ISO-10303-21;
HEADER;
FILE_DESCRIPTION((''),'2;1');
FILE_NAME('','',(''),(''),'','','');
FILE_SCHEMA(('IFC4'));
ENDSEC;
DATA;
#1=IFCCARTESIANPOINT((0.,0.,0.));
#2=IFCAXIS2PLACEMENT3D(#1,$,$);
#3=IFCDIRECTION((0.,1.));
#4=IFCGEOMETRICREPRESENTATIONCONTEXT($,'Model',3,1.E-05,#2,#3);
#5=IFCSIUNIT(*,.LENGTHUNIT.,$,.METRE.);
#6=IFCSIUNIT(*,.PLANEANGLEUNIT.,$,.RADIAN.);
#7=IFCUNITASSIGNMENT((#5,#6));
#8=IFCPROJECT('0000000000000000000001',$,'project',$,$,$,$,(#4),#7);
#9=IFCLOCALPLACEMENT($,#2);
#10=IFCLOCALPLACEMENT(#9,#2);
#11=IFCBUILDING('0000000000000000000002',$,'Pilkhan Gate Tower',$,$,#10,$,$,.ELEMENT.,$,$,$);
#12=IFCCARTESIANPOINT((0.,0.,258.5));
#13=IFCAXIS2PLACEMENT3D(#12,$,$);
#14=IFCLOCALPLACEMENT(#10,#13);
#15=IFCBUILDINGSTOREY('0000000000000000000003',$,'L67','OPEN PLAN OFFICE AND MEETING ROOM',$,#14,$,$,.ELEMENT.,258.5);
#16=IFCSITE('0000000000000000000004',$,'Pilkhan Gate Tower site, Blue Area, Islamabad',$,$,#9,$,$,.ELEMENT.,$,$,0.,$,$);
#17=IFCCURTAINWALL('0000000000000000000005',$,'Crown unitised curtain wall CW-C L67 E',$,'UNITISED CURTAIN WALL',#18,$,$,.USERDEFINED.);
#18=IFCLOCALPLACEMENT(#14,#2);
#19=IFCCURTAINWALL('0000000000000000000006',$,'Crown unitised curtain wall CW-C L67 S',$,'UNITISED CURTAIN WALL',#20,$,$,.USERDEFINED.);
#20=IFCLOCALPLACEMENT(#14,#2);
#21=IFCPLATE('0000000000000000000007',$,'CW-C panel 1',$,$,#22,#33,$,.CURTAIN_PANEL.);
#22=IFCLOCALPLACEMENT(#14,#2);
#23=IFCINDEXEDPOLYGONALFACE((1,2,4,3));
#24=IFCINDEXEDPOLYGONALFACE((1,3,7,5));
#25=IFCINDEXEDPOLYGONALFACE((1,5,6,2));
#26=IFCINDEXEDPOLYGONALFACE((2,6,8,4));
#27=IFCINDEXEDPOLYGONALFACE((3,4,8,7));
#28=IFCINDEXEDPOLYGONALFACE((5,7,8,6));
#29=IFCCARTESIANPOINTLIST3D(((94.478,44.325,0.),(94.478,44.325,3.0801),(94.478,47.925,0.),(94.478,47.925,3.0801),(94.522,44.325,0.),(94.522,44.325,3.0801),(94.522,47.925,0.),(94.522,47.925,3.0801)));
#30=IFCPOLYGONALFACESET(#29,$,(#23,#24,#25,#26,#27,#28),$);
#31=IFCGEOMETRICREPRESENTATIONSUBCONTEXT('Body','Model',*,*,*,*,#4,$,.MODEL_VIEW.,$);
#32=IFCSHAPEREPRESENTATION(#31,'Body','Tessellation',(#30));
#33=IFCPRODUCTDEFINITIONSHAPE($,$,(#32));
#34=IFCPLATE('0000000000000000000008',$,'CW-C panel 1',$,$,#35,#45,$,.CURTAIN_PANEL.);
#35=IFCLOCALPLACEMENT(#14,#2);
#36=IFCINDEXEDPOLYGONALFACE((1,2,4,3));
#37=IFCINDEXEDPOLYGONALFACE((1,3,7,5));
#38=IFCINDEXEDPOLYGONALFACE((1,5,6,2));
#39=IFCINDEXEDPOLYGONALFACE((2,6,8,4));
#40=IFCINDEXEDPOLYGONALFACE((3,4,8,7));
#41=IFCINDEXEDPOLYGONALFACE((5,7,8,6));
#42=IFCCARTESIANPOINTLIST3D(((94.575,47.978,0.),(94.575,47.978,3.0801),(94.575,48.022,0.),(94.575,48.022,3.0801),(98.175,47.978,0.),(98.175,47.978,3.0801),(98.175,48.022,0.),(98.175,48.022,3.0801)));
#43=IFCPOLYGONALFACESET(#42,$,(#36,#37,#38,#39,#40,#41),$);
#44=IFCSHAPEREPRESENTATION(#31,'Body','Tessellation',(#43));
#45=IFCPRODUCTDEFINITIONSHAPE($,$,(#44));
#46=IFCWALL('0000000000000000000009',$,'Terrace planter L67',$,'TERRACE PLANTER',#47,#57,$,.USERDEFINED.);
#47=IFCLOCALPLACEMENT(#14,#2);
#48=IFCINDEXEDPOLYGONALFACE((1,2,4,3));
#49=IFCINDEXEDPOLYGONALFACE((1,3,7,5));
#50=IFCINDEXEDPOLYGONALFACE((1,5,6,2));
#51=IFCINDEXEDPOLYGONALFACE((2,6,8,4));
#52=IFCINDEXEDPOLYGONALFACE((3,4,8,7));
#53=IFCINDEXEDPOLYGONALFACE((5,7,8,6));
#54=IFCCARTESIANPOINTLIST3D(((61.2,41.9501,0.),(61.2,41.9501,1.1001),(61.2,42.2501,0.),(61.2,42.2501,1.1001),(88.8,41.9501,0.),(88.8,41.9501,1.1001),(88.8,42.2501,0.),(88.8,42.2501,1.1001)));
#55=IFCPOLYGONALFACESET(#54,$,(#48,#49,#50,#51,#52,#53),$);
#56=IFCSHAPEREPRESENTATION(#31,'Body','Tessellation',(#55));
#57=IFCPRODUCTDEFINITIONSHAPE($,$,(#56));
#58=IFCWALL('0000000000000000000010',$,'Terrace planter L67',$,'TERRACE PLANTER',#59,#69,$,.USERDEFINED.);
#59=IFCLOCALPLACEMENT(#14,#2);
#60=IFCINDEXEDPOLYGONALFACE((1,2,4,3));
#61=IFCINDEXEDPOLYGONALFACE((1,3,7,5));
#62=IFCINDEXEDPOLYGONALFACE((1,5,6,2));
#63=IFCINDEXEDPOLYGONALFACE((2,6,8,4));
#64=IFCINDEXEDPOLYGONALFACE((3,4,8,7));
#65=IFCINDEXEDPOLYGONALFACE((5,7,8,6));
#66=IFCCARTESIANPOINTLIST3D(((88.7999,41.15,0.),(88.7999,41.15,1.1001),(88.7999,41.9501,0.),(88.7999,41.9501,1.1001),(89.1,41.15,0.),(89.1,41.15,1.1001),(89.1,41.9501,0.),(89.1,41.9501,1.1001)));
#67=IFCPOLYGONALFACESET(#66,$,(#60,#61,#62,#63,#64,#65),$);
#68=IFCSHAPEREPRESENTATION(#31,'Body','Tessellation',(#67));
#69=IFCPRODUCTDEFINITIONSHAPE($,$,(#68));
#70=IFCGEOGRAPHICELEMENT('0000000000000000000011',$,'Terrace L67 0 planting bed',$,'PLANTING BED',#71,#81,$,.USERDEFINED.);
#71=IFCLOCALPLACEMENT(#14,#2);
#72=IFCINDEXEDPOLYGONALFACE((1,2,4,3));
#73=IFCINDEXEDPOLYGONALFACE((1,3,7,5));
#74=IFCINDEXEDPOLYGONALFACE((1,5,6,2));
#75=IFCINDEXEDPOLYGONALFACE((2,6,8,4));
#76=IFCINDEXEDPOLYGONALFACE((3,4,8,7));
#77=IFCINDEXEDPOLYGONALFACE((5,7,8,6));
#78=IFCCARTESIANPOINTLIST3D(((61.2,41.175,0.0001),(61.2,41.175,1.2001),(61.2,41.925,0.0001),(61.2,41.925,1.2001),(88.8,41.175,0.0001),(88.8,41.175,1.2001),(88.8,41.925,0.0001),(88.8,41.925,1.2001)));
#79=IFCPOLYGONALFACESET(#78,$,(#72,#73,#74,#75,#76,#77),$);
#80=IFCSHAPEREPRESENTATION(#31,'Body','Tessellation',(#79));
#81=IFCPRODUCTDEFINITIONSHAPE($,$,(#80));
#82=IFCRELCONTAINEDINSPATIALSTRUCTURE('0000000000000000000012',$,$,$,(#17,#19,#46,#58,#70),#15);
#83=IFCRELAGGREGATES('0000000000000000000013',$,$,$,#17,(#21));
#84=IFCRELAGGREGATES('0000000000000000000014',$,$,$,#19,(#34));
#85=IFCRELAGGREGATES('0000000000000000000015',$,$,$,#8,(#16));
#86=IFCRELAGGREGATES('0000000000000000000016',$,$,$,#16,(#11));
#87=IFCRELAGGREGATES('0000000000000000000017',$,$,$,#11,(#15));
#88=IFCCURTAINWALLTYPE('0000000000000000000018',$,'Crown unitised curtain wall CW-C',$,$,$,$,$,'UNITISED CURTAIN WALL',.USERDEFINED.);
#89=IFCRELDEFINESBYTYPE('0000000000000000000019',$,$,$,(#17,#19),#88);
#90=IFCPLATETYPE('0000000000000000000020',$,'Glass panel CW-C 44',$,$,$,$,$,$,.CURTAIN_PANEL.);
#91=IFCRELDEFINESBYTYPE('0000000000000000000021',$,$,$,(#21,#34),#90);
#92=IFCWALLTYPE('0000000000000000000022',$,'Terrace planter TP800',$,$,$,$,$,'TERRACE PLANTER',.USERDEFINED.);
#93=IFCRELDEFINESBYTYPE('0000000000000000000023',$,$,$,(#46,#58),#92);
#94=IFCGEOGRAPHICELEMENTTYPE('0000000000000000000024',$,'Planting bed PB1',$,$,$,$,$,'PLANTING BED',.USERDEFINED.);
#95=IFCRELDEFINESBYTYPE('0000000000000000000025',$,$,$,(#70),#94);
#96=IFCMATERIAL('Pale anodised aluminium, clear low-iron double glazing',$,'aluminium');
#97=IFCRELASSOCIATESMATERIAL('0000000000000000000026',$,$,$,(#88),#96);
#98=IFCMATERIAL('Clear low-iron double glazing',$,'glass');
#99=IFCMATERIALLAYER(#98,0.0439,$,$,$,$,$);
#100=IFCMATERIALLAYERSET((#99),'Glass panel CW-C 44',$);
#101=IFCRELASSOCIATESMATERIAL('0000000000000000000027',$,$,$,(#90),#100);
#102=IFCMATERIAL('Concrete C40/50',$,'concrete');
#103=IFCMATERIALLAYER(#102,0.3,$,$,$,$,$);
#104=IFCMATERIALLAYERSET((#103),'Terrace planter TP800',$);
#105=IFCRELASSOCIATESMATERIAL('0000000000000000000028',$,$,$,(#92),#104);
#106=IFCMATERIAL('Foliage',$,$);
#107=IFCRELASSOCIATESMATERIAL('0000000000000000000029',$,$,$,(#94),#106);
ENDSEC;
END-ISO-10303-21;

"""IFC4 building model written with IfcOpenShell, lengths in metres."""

from ifc_helpers import new_model, si_unit, direction, frame, frame_2d, origin, origin_2d, place, context, subcontext, project, spatial, rectangle, extrude, material, layer, layer_set, material_profile, profile_set, type_object, element, aggregate, save


model = new_model("IFC4")

# Units and contexts
model_context = context("Model", 3, precision=1e-05, world=origin(), true_north=direction((0.0, 1.0)))
body_context = subcontext(model_context, "Body", "Model", "MODEL_VIEW")
ifc_project = project(units=[si_unit("LENGTHUNIT", "METRE"), si_unit("PLANEANGLEUNIT", "RADIAN")], contexts=[model_context])

# Site, building, storey
site_placement = place(None, origin())
site = spatial("IfcSite", under=ifc_project, at=site_placement, Name="Pilkhan Gate Tower site, Blue Area, Islamabad", CompositionType="ELEMENT", RefElevation=0.0)
building_placement = place(site_placement, origin())
building = spatial("IfcBuilding", under=site, at=building_placement, Name="Pilkhan Gate Tower", CompositionType="ELEMENT")
storey_placement = place(building_placement, frame((0.0, 0.0, 258.5)))
storey = spatial("IfcBuildingStorey", under=building, at=storey_placement, Name="L67", Description="OPEN PLAN OFFICE AND MEETING ROOM", CompositionType="ELEMENT", Elevation=258.5)

# Shared definitions
ifc_material_1 = material(Name="Concrete C40/50", Category="concrete")

# Shared definitions
ifc_material_2 = material(Name="Pale anodised aluminium, clear low-iron double glazing", Category="aluminium")
curtain_wall_type = type_object("IfcCurtainWallType", Name="Crown unitised curtain wall CW-C", ElementType="UNITISED CURTAIN WALL", PredefinedType="USERDEFINED", material=ifc_material_2)

# Curtain walls
curtain_wall_1_placement = place(storey_placement, origin())
curtain_wall_1 = element("IfcCurtainWall", 1, at=curtain_wall_1_placement, inside=storey, type_object=curtain_wall_type, Name="Crown unitised curtain wall CW-C L67 E", ObjectType="UNITISED CURTAIN WALL", PredefinedType="USERDEFINED")
curtain_wall_2_placement = place(storey_placement, origin())
curtain_wall_2 = element("IfcCurtainWall", 2, at=curtain_wall_2_placement, inside=storey, type_object=curtain_wall_type, Name="Crown unitised curtain wall CW-C L67 S", ObjectType="UNITISED CURTAIN WALL", PredefinedType="USERDEFINED")

# Plates
ifc_material_3 = material(Name="Clear low-iron double glazing", Category="glass")
ifc_layer_1 = layer(ifc_material_3, 0.0439)
ifc_layer_set_1 = layer_set([ifc_layer_1], Name="Glass panel CW-C 44")
plate_type = type_object("IfcPlateType", Name="Glass panel CW-C 44", PredefinedType="CURTAIN_PANEL", material=ifc_layer_set_1)
plate_1_placement = place(storey_placement, frame((94.5, 46.125, 0.0), z_axis=(0.0, 0.0, 1.0), x_axis=(0.0, 1.0, 0.0)))
plate_1 = element("IfcPlate", 3, at=plate_1_placement, type_object=plate_type, Name="CW-C panel 1", PredefinedType="CURTAIN_PANEL", context=body_context, shape_type="SweptSolid", body=[
    extrude(rectangle(XDim=3.6001, YDim=0.0439, at=origin_2d()), origin(), (0.0, 0.0, 1.0), 3.0801),
])
aggregate(curtain_wall_1, [plate_1])
plate_2_placement = place(storey_placement, frame((96.375, 48.0, 0.0), z_axis=(0.0, 0.0, 1.0), x_axis=(1.0, 0.0, 0.0)))
plate_2 = element("IfcPlate", 4, at=plate_2_placement, type_object=plate_type, Name="CW-C panel 1", PredefinedType="CURTAIN_PANEL", context=body_context, shape_type="SweptSolid", body=[
    extrude(rectangle(XDim=3.6001, YDim=0.0439, at=origin_2d()), origin(), (0.0, 0.0, 1.0), 3.0801),
])
aggregate(curtain_wall_2, [plate_2])

# Walls
ifc_layer_2 = layer(ifc_material_1, 0.3)
ifc_layer_set_2 = layer_set([ifc_layer_2], Name="Terrace planter TP800")
wall_type = type_object("IfcWallType", Name="Terrace planter TP800", ElementType="TERRACE PLANTER", PredefinedType="USERDEFINED", material=ifc_layer_set_2)
wall_1_placement = place(storey_placement, frame((88.8, 42.1001, 0.0), z_axis=(0.0, 0.0, 1.0), x_axis=(-1.0, 0.0, 0.0)))
element("IfcWall", 5, at=wall_1_placement, inside=storey, type_object=wall_type, Name="Terrace planter L67", ObjectType="TERRACE PLANTER", PredefinedType="USERDEFINED", context=body_context, shape_type="SweptSolid", body=[
    extrude(rectangle(XDim=27.6001, YDim=0.3, at=frame_2d((13.8, 0.0))), origin(), (0.0, 0.0, 1.0), 1.1001),
])
wall_2_placement = place(storey_placement, frame((88.95, 41.95, 0.0), z_axis=(0.0, 0.0, 1.0), x_axis=(0.0, -1.0, 0.0)))
element("IfcWall", 6, at=wall_2_placement, inside=storey, type_object=wall_type, Name="Terrace planter L67", ObjectType="TERRACE PLANTER", PredefinedType="USERDEFINED", context=body_context, shape_type="SweptSolid", body=[
    extrude(rectangle(XDim=0.8, YDim=0.3, at=frame_2d((0.3999, 0.0))), origin(), (0.0, 0.0, 1.0), 1.1001),
])

# Geographic element
ifc_material_4 = material(Name="Foliage")
ifc_material_profile_1 = material_profile(ifc_material_4, rectangle(XDim=0.75, YDim=1.2, at=origin_2d()), Name="Bed 750x1200")
ifc_profile_set_1 = profile_set([ifc_material_profile_1], Name="Foliage")
geographic_element_type = type_object("IfcGeographicElementType", Name="Planting bed PB1", ElementType="PLANTING BED", PredefinedType="USERDEFINED", material=ifc_profile_set_1)
geographic_element_placement = place(storey_placement, frame((88.8, 41.55, 0.6001), z_axis=(-1.0, 0.0, 0.0), x_axis=(0.0, -1.0, 0.0)))
element("IfcGeographicElement", 7, at=geographic_element_placement, inside=storey, type_object=geographic_element_type, Name="Terrace L67 0 planting bed", ObjectType="PLANTING BED", PredefinedType="USERDEFINED", context=body_context, shape_type="SweptSolid", body=[
    extrude(rectangle(XDim=0.75, YDim=1.2, at=origin_2d()), origin(), (0.0, 0.0, 1.0), 27.6001),
])

save(model, "model.ifc")
